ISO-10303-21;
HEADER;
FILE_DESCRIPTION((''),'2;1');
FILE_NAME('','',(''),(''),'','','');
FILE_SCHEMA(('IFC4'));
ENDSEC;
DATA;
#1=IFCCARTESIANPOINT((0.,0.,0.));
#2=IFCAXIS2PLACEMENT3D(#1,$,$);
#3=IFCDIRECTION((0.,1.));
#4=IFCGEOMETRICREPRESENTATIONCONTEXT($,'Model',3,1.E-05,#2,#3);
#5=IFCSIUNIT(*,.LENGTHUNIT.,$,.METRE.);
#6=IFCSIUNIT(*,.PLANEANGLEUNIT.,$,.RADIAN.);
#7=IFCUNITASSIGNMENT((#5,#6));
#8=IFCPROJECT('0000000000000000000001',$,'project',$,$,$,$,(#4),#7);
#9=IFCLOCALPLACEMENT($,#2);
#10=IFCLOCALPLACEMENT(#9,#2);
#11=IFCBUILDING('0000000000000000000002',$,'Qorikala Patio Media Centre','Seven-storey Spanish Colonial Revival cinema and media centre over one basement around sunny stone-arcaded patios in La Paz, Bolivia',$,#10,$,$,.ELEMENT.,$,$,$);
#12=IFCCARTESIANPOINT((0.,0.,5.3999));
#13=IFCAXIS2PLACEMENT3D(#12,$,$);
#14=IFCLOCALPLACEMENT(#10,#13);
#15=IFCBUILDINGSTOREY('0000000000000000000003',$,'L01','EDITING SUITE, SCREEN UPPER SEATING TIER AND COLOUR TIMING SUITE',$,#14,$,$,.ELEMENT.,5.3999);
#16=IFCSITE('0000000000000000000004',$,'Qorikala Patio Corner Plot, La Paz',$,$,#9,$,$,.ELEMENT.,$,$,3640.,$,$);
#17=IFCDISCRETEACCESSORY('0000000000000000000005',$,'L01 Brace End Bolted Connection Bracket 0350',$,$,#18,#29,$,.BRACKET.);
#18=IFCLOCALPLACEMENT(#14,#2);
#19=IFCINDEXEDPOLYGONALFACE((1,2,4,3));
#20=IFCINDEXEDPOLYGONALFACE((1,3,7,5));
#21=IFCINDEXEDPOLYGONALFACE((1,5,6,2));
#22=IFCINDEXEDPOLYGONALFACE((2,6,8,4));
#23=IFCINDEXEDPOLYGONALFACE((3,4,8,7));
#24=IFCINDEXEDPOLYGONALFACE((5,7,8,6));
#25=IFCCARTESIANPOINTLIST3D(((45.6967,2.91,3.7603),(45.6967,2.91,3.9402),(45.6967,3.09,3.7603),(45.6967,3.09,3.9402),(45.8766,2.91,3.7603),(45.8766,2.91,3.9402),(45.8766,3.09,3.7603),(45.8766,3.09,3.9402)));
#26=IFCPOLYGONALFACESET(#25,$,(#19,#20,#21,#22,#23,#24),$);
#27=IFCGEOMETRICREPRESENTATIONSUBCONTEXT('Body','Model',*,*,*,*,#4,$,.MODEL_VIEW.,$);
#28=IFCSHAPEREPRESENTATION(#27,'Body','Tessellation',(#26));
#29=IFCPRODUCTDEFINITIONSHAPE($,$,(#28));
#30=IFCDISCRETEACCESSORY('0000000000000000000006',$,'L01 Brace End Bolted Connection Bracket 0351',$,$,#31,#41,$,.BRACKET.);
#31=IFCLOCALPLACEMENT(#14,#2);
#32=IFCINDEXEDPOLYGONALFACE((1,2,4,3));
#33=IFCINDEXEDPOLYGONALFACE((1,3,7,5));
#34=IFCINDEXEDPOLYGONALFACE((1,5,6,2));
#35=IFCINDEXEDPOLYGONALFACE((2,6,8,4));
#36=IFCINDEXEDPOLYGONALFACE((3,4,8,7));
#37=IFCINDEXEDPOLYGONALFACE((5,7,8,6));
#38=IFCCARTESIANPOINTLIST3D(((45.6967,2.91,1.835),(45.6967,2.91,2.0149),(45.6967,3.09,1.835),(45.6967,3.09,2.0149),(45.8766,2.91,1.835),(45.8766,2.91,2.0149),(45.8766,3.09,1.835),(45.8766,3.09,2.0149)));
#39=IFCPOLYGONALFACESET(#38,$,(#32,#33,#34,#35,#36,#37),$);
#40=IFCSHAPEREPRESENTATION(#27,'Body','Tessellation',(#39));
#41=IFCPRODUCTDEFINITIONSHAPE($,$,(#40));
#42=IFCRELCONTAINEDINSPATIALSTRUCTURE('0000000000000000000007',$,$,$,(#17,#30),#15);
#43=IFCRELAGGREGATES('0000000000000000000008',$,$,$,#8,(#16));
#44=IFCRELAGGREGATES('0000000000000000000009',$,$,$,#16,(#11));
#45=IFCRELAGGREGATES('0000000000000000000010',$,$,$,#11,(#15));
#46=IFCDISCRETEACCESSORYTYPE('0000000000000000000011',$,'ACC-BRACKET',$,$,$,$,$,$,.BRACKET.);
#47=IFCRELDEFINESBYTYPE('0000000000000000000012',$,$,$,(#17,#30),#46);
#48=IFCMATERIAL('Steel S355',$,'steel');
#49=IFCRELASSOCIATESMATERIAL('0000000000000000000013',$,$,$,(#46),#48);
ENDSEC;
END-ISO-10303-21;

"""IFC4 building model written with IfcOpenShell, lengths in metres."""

from ifc_helpers import new_model, si_unit, direction, frame, origin, origin_2d, place, context, subcontext, project, spatial, rectangle, extrude, material, type_object, element, save


model = new_model("IFC4")

# Units and contexts
model_context = context("Model", 3, precision=1e-05, world=origin(), true_north=direction((0.0, 1.0)))
body_context = subcontext(model_context, "Body", "Model", "MODEL_VIEW")
ifc_project = project(units=[si_unit("LENGTHUNIT", "METRE"), si_unit("PLANEANGLEUNIT", "RADIAN")], contexts=[model_context])

# Site, building, storey
site_placement = place(None, origin())
site = spatial("IfcSite", under=ifc_project, at=site_placement, Name="Qorikala Patio Corner Plot, La Paz", CompositionType="ELEMENT", RefElevation=3640.0)
building_placement = place(site_placement, origin())
building = spatial("IfcBuilding", under=site, at=building_placement, Name="Qorikala Patio Media Centre", Description="Seven-storey Spanish Colonial Revival cinema and media centre over one basement around sunny stone-arcaded patios in La Paz, Bolivia", CompositionType="ELEMENT")
storey_placement = place(building_placement, frame((0.0, 0.0, 5.3999)))
storey = spatial("IfcBuildingStorey", under=building, at=storey_placement, Name="L01", Description="EDITING SUITE, SCREEN UPPER SEATING TIER AND COLOUR TIMING SUITE", CompositionType="ELEMENT", Elevation=5.3999)

# Discrete accessories
ifc_material_1 = material(Name="Steel S355", Category="steel")
discrete_accessory_type = type_object("IfcDiscreteAccessoryType", Name="ACC-BRACKET", PredefinedType="BRACKET", material=ifc_material_1)
for number, where, z_axis, x_axis, name in (
    (1, (45.7866, 3.0, 3.7603), (0.0, 0.0, 1.0), (1.0, 0.0, 0.0), "L01 Brace End Bolted Connection Bracket 0350"),
    (2, (45.7866, 3.0, 1.835), (0.0, 0.0, 1.0), (1.0, 0.0, 0.0), "L01 Brace End Bolted Connection Bracket 0351"),
):
    element("IfcDiscreteAccessory", number, at=place(storey_placement, frame(where, z_axis=z_axis, x_axis=x_axis)), inside=storey, type_object=discrete_accessory_type, Name=name, PredefinedType="BRACKET", context=body_context, shape_type="SweptSolid", body=[
        extrude(rectangle(XDim=0.1799, YDim=0.1799, at=origin_2d()), origin(), (0.0, 0.0, 1.0), 0.1799),
    ])

save(model, "model.ifc")
